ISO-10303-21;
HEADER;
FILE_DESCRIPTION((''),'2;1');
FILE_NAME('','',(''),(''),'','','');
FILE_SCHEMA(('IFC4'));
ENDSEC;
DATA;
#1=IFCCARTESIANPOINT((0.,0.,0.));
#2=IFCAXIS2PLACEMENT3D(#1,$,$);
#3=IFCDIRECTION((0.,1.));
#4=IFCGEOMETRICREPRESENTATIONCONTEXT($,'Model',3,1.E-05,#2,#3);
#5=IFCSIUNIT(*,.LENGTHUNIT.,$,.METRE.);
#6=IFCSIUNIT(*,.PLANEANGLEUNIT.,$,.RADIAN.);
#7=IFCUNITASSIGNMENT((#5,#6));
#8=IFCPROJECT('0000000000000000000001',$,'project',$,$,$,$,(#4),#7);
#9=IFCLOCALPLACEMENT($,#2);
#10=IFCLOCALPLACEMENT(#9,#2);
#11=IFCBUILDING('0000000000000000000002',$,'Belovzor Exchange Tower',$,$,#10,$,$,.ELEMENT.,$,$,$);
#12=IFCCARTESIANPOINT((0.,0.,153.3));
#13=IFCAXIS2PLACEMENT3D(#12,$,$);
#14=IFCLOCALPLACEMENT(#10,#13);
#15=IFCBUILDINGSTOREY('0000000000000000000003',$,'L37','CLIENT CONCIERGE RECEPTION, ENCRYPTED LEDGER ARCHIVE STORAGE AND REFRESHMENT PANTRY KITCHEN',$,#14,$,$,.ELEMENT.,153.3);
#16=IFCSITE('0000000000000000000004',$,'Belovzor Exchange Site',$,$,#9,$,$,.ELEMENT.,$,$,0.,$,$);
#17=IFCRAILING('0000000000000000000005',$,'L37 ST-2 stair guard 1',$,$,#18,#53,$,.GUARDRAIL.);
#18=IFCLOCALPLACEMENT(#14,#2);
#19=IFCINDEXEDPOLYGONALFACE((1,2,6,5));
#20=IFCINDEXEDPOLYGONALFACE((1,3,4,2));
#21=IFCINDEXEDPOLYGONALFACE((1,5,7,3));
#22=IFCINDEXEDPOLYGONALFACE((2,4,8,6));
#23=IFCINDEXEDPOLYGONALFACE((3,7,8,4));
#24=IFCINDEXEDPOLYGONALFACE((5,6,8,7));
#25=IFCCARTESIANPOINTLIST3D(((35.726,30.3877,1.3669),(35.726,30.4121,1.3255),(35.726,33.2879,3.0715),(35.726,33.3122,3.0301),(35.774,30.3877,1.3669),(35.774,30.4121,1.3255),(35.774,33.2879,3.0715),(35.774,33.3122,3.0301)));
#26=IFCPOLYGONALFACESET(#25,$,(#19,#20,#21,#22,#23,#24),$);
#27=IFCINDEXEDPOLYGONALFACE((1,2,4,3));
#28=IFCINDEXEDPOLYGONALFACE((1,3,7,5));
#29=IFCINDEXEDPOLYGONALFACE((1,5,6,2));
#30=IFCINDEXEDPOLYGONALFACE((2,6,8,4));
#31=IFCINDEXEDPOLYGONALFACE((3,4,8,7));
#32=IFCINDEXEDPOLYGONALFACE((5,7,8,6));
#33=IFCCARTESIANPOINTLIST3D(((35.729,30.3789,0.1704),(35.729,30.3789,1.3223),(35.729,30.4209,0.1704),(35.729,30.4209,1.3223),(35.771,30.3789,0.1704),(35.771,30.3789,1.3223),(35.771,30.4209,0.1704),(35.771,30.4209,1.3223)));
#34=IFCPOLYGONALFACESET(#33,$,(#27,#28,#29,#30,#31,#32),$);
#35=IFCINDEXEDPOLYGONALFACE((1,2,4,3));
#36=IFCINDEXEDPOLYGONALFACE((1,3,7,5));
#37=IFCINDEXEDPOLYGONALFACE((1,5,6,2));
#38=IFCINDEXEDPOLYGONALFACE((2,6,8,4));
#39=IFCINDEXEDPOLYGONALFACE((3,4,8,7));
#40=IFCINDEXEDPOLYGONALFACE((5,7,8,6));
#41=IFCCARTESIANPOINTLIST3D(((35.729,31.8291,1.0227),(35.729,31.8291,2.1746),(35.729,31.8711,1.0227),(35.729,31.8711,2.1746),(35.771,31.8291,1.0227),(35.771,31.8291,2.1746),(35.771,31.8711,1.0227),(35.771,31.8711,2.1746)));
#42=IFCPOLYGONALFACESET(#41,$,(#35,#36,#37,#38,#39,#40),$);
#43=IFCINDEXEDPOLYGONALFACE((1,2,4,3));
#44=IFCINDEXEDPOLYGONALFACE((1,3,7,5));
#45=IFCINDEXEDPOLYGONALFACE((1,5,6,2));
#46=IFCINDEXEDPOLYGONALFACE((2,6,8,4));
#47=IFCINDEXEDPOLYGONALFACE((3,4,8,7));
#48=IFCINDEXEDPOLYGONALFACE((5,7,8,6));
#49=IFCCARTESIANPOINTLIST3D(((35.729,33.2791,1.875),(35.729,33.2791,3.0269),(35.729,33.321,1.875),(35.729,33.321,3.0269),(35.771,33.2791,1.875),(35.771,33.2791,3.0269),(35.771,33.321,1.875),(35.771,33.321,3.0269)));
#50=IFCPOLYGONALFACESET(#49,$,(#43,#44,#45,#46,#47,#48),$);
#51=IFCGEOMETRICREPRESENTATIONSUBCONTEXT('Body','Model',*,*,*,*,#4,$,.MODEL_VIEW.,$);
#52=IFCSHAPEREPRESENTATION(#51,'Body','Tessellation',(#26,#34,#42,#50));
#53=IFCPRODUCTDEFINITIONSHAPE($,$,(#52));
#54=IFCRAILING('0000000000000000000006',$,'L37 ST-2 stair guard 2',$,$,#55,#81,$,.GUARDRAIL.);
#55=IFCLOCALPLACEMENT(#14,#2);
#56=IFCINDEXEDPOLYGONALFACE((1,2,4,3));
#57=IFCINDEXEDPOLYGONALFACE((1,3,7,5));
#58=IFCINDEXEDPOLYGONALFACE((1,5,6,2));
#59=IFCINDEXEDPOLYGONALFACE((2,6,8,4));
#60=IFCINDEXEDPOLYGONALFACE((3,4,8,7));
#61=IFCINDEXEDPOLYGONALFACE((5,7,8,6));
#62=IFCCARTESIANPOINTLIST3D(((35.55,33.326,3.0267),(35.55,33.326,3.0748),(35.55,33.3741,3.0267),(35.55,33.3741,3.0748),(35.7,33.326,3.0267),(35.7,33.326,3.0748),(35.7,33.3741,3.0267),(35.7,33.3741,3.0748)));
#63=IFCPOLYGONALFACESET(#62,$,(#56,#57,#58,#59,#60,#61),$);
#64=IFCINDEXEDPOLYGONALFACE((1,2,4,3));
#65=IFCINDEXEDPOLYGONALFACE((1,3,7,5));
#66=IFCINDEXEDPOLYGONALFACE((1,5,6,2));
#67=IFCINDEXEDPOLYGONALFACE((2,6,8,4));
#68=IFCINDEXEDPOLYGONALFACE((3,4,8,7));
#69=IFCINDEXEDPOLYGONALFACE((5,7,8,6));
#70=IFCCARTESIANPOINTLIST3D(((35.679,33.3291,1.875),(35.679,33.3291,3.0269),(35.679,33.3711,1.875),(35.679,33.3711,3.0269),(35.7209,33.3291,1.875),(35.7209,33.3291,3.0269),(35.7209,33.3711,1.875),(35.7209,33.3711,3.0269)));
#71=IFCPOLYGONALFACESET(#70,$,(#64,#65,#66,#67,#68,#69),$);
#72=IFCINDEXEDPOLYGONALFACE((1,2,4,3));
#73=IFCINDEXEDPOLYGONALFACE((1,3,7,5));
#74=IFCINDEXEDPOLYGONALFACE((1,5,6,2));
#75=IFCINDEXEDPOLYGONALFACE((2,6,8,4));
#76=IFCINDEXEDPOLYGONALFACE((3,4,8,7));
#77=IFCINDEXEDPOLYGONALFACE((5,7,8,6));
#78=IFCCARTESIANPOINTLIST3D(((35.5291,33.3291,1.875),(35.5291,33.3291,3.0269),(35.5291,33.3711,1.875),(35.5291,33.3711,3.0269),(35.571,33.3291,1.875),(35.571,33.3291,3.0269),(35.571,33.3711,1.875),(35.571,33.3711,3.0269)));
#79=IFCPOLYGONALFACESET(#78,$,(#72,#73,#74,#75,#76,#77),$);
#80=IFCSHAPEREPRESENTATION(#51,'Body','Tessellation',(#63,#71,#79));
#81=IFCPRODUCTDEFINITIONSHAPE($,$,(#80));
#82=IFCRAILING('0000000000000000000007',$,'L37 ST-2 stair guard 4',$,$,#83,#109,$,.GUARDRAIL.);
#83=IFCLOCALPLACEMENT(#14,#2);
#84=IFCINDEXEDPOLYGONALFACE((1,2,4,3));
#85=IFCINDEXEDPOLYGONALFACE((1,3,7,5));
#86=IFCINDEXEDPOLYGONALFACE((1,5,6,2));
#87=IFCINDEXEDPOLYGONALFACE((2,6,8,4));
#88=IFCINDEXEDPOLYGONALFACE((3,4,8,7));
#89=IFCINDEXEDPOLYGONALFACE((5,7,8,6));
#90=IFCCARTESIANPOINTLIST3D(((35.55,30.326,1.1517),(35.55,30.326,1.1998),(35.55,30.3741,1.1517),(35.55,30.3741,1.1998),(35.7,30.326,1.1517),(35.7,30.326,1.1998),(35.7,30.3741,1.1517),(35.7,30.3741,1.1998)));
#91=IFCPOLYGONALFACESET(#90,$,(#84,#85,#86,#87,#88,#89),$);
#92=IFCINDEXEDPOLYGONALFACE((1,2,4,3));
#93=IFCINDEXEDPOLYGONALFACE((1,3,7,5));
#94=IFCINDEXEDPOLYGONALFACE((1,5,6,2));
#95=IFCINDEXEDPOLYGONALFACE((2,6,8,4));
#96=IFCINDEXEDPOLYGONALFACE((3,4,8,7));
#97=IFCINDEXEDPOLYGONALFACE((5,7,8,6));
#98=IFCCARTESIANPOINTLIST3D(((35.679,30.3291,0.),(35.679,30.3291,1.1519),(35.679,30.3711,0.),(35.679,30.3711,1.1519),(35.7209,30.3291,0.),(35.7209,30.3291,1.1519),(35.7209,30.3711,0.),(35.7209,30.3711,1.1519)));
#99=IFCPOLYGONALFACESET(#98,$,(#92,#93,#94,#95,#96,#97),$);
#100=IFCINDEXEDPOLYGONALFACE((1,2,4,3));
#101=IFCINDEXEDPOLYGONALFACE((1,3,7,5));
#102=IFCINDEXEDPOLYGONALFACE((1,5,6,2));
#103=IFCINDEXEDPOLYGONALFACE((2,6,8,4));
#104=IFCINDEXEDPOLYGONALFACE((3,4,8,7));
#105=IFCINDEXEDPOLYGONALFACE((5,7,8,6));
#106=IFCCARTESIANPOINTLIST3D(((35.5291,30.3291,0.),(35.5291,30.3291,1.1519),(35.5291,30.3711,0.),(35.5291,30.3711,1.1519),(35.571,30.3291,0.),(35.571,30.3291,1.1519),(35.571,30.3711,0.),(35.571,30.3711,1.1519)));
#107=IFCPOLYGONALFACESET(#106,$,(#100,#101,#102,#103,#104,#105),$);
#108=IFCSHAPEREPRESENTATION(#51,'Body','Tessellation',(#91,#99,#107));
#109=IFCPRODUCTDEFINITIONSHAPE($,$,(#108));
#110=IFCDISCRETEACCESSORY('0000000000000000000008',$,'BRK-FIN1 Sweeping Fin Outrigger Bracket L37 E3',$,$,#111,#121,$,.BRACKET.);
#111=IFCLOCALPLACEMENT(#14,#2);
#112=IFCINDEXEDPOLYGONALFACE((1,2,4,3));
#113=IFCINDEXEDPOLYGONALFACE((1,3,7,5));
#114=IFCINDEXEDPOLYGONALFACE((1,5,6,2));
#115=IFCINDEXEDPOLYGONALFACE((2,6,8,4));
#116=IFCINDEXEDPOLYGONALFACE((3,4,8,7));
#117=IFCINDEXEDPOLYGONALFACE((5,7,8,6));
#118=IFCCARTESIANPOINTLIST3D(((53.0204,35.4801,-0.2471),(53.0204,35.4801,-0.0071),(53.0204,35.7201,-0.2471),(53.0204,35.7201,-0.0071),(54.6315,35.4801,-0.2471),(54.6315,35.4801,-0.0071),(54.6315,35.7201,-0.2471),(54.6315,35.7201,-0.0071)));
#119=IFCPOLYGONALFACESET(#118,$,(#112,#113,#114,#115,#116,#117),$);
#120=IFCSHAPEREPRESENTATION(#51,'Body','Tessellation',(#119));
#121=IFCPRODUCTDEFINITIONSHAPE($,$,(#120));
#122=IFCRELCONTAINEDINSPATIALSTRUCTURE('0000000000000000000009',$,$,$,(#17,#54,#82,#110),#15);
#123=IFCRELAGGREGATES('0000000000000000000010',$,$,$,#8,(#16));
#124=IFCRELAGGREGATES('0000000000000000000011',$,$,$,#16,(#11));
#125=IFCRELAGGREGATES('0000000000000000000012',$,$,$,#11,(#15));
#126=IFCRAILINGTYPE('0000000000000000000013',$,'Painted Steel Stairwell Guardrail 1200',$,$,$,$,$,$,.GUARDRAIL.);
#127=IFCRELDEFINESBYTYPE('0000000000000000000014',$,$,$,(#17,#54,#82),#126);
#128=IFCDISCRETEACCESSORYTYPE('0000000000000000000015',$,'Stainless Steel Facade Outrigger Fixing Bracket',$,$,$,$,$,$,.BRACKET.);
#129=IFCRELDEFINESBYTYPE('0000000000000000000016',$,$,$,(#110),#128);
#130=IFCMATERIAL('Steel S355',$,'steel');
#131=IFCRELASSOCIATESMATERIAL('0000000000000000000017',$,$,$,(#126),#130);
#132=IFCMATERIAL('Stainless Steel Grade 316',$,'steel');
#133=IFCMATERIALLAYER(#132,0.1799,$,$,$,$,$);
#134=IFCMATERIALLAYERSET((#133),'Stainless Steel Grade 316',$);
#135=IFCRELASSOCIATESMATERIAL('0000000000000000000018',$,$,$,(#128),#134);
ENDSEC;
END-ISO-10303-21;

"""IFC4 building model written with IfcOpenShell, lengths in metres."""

from ifc_helpers import new_model, si_unit, direction, frame, origin, origin_2d, place, context, subcontext, project, spatial, rectangle, extrude, material, layer, layer_set, type_object, element, save


model = new_model("IFC4")

# Units and contexts
model_context = context("Model", 3, precision=1e-05, world=origin(), true_north=direction((0.0, 1.0)))
body_context = subcontext(model_context, "Body", "Model", "MODEL_VIEW")
ifc_project = project(units=[si_unit("LENGTHUNIT", "METRE"), si_unit("PLANEANGLEUNIT", "RADIAN")], contexts=[model_context])

# Site, building, storey
site_placement = place(None, origin())
site = spatial("IfcSite", under=ifc_project, at=site_placement, Name="Belovzor Exchange Site", CompositionType="ELEMENT", RefElevation=0.0)
building_placement = place(site_placement, origin())
building = spatial("IfcBuilding", under=site, at=building_placement, Name="Belovzor Exchange Tower", CompositionType="ELEMENT")
storey_placement = place(building_placement, frame((0.0, 0.0, 153.3)))
storey = spatial("IfcBuildingStorey", under=building, at=storey_placement, Name="L37", Description="CLIENT CONCIERGE RECEPTION, ENCRYPTED LEDGER ARCHIVE STORAGE AND REFRESHMENT PANTRY KITCHEN", CompositionType="ELEMENT", Elevation=153.3)

# Railings
ifc_material_1 = material(Name="Steel S355", Category="steel")
railing_type_1 = type_object("IfcRailingType", Name="Painted Steel Stairwell Guardrail 1200", PredefinedType="GUARDRAIL", material=ifc_material_1)
railing_1_placement = place(storey_placement, frame((35.75, 30.3999, 0.1704)))
element("IfcRailing", 1, at=railing_1_placement, inside=storey, type_object=railing_type_1, Name="L37 ST-2 stair guard 1", PredefinedType="GUARDRAIL", context=body_context, shape_type="SweptSolid", body=[
    extrude(rectangle(XDim=0.0481, YDim=0.0481, at=origin_2d()), frame((0.0, 0.0, 1.1758), z_axis=(0.0, 0.862113, 0.506716), x_axis=(-1.0, 0.0, 0.0)), (0.0, 0.0, 1.0), 3.364),
    extrude(rectangle(XDim=0.042, YDim=0.042, at=origin_2d()), origin(), (0.0, 0.0, 1.0), 1.1519),
    extrude(rectangle(XDim=0.042, YDim=0.042, at=origin_2d()), frame((0.0, 1.4502, 0.8523)), (0.0, 0.0, 1.0), 1.1519),
    extrude(rectangle(XDim=0.042, YDim=0.042, at=origin_2d()), frame((0.0, 2.9001, 1.7046)), (0.0, 0.0, 1.0), 1.1519),
])
for number, where, name in (
    (2, (35.7, 33.3501, 1.875), "L37 ST-2 stair guard 2"),
    (3, (35.7, 30.3501, 0.0), "L37 ST-2 stair guard 4"),
):
    element("IfcRailing", number, at=place(storey_placement, frame(where)), inside=storey, type_object=railing_type_1, Name=name, PredefinedType="GUARDRAIL", context=body_context, shape_type="SweptSolid", body=[
        extrude(rectangle(XDim=0.0481, YDim=0.0481, at=origin_2d()), frame((0.0, 0.0, 1.1758), z_axis=(-1.0, 0.0, 0.0), x_axis=(0.0, -1.0, 0.0)), (0.0, 0.0, 1.0), 0.1499),
        extrude(rectangle(XDim=0.042, YDim=0.042, at=origin_2d()), origin(), (0.0, 0.0, 1.0), 1.1519),
        extrude(rectangle(XDim=0.042, YDim=0.042, at=origin_2d()), frame((-0.1499, 0.0, 0.0)), (0.0, 0.0, 1.0), 1.1519),
    ])

# Discrete accessory
ifc_material_2 = material(Name="Stainless Steel Grade 316", Category="steel")
ifc_layer_1 = layer(ifc_material_2, 0.1799)
ifc_layer_set_1 = layer_set([ifc_layer_1], Name="Stainless Steel Grade 316")
discrete_accessory_type = type_object("IfcDiscreteAccessoryType", Name="Stainless Steel Facade Outrigger Fixing Bracket", PredefinedType="BRACKET", material=ifc_layer_set_1)
discrete_accessory_placement = place(storey_placement, frame((53.8259, 35.6001, -0.2471), z_axis=(0.0, 0.0, 1.0), x_axis=(1.0, 0.0, 0.0)))
element("IfcDiscreteAccessory", 4, at=discrete_accessory_placement, inside=storey, type_object=discrete_accessory_type, Name="BRK-FIN1 Sweeping Fin Outrigger Bracket L37 E3", PredefinedType="BRACKET", context=body_context, shape_type="SweptSolid", body=[
    extrude(rectangle(XDim=1.6111, YDim=0.24, at=origin_2d()), origin(), (0.0, 0.0, 1.0), 0.24),
])

save(model, "model.ifc")
